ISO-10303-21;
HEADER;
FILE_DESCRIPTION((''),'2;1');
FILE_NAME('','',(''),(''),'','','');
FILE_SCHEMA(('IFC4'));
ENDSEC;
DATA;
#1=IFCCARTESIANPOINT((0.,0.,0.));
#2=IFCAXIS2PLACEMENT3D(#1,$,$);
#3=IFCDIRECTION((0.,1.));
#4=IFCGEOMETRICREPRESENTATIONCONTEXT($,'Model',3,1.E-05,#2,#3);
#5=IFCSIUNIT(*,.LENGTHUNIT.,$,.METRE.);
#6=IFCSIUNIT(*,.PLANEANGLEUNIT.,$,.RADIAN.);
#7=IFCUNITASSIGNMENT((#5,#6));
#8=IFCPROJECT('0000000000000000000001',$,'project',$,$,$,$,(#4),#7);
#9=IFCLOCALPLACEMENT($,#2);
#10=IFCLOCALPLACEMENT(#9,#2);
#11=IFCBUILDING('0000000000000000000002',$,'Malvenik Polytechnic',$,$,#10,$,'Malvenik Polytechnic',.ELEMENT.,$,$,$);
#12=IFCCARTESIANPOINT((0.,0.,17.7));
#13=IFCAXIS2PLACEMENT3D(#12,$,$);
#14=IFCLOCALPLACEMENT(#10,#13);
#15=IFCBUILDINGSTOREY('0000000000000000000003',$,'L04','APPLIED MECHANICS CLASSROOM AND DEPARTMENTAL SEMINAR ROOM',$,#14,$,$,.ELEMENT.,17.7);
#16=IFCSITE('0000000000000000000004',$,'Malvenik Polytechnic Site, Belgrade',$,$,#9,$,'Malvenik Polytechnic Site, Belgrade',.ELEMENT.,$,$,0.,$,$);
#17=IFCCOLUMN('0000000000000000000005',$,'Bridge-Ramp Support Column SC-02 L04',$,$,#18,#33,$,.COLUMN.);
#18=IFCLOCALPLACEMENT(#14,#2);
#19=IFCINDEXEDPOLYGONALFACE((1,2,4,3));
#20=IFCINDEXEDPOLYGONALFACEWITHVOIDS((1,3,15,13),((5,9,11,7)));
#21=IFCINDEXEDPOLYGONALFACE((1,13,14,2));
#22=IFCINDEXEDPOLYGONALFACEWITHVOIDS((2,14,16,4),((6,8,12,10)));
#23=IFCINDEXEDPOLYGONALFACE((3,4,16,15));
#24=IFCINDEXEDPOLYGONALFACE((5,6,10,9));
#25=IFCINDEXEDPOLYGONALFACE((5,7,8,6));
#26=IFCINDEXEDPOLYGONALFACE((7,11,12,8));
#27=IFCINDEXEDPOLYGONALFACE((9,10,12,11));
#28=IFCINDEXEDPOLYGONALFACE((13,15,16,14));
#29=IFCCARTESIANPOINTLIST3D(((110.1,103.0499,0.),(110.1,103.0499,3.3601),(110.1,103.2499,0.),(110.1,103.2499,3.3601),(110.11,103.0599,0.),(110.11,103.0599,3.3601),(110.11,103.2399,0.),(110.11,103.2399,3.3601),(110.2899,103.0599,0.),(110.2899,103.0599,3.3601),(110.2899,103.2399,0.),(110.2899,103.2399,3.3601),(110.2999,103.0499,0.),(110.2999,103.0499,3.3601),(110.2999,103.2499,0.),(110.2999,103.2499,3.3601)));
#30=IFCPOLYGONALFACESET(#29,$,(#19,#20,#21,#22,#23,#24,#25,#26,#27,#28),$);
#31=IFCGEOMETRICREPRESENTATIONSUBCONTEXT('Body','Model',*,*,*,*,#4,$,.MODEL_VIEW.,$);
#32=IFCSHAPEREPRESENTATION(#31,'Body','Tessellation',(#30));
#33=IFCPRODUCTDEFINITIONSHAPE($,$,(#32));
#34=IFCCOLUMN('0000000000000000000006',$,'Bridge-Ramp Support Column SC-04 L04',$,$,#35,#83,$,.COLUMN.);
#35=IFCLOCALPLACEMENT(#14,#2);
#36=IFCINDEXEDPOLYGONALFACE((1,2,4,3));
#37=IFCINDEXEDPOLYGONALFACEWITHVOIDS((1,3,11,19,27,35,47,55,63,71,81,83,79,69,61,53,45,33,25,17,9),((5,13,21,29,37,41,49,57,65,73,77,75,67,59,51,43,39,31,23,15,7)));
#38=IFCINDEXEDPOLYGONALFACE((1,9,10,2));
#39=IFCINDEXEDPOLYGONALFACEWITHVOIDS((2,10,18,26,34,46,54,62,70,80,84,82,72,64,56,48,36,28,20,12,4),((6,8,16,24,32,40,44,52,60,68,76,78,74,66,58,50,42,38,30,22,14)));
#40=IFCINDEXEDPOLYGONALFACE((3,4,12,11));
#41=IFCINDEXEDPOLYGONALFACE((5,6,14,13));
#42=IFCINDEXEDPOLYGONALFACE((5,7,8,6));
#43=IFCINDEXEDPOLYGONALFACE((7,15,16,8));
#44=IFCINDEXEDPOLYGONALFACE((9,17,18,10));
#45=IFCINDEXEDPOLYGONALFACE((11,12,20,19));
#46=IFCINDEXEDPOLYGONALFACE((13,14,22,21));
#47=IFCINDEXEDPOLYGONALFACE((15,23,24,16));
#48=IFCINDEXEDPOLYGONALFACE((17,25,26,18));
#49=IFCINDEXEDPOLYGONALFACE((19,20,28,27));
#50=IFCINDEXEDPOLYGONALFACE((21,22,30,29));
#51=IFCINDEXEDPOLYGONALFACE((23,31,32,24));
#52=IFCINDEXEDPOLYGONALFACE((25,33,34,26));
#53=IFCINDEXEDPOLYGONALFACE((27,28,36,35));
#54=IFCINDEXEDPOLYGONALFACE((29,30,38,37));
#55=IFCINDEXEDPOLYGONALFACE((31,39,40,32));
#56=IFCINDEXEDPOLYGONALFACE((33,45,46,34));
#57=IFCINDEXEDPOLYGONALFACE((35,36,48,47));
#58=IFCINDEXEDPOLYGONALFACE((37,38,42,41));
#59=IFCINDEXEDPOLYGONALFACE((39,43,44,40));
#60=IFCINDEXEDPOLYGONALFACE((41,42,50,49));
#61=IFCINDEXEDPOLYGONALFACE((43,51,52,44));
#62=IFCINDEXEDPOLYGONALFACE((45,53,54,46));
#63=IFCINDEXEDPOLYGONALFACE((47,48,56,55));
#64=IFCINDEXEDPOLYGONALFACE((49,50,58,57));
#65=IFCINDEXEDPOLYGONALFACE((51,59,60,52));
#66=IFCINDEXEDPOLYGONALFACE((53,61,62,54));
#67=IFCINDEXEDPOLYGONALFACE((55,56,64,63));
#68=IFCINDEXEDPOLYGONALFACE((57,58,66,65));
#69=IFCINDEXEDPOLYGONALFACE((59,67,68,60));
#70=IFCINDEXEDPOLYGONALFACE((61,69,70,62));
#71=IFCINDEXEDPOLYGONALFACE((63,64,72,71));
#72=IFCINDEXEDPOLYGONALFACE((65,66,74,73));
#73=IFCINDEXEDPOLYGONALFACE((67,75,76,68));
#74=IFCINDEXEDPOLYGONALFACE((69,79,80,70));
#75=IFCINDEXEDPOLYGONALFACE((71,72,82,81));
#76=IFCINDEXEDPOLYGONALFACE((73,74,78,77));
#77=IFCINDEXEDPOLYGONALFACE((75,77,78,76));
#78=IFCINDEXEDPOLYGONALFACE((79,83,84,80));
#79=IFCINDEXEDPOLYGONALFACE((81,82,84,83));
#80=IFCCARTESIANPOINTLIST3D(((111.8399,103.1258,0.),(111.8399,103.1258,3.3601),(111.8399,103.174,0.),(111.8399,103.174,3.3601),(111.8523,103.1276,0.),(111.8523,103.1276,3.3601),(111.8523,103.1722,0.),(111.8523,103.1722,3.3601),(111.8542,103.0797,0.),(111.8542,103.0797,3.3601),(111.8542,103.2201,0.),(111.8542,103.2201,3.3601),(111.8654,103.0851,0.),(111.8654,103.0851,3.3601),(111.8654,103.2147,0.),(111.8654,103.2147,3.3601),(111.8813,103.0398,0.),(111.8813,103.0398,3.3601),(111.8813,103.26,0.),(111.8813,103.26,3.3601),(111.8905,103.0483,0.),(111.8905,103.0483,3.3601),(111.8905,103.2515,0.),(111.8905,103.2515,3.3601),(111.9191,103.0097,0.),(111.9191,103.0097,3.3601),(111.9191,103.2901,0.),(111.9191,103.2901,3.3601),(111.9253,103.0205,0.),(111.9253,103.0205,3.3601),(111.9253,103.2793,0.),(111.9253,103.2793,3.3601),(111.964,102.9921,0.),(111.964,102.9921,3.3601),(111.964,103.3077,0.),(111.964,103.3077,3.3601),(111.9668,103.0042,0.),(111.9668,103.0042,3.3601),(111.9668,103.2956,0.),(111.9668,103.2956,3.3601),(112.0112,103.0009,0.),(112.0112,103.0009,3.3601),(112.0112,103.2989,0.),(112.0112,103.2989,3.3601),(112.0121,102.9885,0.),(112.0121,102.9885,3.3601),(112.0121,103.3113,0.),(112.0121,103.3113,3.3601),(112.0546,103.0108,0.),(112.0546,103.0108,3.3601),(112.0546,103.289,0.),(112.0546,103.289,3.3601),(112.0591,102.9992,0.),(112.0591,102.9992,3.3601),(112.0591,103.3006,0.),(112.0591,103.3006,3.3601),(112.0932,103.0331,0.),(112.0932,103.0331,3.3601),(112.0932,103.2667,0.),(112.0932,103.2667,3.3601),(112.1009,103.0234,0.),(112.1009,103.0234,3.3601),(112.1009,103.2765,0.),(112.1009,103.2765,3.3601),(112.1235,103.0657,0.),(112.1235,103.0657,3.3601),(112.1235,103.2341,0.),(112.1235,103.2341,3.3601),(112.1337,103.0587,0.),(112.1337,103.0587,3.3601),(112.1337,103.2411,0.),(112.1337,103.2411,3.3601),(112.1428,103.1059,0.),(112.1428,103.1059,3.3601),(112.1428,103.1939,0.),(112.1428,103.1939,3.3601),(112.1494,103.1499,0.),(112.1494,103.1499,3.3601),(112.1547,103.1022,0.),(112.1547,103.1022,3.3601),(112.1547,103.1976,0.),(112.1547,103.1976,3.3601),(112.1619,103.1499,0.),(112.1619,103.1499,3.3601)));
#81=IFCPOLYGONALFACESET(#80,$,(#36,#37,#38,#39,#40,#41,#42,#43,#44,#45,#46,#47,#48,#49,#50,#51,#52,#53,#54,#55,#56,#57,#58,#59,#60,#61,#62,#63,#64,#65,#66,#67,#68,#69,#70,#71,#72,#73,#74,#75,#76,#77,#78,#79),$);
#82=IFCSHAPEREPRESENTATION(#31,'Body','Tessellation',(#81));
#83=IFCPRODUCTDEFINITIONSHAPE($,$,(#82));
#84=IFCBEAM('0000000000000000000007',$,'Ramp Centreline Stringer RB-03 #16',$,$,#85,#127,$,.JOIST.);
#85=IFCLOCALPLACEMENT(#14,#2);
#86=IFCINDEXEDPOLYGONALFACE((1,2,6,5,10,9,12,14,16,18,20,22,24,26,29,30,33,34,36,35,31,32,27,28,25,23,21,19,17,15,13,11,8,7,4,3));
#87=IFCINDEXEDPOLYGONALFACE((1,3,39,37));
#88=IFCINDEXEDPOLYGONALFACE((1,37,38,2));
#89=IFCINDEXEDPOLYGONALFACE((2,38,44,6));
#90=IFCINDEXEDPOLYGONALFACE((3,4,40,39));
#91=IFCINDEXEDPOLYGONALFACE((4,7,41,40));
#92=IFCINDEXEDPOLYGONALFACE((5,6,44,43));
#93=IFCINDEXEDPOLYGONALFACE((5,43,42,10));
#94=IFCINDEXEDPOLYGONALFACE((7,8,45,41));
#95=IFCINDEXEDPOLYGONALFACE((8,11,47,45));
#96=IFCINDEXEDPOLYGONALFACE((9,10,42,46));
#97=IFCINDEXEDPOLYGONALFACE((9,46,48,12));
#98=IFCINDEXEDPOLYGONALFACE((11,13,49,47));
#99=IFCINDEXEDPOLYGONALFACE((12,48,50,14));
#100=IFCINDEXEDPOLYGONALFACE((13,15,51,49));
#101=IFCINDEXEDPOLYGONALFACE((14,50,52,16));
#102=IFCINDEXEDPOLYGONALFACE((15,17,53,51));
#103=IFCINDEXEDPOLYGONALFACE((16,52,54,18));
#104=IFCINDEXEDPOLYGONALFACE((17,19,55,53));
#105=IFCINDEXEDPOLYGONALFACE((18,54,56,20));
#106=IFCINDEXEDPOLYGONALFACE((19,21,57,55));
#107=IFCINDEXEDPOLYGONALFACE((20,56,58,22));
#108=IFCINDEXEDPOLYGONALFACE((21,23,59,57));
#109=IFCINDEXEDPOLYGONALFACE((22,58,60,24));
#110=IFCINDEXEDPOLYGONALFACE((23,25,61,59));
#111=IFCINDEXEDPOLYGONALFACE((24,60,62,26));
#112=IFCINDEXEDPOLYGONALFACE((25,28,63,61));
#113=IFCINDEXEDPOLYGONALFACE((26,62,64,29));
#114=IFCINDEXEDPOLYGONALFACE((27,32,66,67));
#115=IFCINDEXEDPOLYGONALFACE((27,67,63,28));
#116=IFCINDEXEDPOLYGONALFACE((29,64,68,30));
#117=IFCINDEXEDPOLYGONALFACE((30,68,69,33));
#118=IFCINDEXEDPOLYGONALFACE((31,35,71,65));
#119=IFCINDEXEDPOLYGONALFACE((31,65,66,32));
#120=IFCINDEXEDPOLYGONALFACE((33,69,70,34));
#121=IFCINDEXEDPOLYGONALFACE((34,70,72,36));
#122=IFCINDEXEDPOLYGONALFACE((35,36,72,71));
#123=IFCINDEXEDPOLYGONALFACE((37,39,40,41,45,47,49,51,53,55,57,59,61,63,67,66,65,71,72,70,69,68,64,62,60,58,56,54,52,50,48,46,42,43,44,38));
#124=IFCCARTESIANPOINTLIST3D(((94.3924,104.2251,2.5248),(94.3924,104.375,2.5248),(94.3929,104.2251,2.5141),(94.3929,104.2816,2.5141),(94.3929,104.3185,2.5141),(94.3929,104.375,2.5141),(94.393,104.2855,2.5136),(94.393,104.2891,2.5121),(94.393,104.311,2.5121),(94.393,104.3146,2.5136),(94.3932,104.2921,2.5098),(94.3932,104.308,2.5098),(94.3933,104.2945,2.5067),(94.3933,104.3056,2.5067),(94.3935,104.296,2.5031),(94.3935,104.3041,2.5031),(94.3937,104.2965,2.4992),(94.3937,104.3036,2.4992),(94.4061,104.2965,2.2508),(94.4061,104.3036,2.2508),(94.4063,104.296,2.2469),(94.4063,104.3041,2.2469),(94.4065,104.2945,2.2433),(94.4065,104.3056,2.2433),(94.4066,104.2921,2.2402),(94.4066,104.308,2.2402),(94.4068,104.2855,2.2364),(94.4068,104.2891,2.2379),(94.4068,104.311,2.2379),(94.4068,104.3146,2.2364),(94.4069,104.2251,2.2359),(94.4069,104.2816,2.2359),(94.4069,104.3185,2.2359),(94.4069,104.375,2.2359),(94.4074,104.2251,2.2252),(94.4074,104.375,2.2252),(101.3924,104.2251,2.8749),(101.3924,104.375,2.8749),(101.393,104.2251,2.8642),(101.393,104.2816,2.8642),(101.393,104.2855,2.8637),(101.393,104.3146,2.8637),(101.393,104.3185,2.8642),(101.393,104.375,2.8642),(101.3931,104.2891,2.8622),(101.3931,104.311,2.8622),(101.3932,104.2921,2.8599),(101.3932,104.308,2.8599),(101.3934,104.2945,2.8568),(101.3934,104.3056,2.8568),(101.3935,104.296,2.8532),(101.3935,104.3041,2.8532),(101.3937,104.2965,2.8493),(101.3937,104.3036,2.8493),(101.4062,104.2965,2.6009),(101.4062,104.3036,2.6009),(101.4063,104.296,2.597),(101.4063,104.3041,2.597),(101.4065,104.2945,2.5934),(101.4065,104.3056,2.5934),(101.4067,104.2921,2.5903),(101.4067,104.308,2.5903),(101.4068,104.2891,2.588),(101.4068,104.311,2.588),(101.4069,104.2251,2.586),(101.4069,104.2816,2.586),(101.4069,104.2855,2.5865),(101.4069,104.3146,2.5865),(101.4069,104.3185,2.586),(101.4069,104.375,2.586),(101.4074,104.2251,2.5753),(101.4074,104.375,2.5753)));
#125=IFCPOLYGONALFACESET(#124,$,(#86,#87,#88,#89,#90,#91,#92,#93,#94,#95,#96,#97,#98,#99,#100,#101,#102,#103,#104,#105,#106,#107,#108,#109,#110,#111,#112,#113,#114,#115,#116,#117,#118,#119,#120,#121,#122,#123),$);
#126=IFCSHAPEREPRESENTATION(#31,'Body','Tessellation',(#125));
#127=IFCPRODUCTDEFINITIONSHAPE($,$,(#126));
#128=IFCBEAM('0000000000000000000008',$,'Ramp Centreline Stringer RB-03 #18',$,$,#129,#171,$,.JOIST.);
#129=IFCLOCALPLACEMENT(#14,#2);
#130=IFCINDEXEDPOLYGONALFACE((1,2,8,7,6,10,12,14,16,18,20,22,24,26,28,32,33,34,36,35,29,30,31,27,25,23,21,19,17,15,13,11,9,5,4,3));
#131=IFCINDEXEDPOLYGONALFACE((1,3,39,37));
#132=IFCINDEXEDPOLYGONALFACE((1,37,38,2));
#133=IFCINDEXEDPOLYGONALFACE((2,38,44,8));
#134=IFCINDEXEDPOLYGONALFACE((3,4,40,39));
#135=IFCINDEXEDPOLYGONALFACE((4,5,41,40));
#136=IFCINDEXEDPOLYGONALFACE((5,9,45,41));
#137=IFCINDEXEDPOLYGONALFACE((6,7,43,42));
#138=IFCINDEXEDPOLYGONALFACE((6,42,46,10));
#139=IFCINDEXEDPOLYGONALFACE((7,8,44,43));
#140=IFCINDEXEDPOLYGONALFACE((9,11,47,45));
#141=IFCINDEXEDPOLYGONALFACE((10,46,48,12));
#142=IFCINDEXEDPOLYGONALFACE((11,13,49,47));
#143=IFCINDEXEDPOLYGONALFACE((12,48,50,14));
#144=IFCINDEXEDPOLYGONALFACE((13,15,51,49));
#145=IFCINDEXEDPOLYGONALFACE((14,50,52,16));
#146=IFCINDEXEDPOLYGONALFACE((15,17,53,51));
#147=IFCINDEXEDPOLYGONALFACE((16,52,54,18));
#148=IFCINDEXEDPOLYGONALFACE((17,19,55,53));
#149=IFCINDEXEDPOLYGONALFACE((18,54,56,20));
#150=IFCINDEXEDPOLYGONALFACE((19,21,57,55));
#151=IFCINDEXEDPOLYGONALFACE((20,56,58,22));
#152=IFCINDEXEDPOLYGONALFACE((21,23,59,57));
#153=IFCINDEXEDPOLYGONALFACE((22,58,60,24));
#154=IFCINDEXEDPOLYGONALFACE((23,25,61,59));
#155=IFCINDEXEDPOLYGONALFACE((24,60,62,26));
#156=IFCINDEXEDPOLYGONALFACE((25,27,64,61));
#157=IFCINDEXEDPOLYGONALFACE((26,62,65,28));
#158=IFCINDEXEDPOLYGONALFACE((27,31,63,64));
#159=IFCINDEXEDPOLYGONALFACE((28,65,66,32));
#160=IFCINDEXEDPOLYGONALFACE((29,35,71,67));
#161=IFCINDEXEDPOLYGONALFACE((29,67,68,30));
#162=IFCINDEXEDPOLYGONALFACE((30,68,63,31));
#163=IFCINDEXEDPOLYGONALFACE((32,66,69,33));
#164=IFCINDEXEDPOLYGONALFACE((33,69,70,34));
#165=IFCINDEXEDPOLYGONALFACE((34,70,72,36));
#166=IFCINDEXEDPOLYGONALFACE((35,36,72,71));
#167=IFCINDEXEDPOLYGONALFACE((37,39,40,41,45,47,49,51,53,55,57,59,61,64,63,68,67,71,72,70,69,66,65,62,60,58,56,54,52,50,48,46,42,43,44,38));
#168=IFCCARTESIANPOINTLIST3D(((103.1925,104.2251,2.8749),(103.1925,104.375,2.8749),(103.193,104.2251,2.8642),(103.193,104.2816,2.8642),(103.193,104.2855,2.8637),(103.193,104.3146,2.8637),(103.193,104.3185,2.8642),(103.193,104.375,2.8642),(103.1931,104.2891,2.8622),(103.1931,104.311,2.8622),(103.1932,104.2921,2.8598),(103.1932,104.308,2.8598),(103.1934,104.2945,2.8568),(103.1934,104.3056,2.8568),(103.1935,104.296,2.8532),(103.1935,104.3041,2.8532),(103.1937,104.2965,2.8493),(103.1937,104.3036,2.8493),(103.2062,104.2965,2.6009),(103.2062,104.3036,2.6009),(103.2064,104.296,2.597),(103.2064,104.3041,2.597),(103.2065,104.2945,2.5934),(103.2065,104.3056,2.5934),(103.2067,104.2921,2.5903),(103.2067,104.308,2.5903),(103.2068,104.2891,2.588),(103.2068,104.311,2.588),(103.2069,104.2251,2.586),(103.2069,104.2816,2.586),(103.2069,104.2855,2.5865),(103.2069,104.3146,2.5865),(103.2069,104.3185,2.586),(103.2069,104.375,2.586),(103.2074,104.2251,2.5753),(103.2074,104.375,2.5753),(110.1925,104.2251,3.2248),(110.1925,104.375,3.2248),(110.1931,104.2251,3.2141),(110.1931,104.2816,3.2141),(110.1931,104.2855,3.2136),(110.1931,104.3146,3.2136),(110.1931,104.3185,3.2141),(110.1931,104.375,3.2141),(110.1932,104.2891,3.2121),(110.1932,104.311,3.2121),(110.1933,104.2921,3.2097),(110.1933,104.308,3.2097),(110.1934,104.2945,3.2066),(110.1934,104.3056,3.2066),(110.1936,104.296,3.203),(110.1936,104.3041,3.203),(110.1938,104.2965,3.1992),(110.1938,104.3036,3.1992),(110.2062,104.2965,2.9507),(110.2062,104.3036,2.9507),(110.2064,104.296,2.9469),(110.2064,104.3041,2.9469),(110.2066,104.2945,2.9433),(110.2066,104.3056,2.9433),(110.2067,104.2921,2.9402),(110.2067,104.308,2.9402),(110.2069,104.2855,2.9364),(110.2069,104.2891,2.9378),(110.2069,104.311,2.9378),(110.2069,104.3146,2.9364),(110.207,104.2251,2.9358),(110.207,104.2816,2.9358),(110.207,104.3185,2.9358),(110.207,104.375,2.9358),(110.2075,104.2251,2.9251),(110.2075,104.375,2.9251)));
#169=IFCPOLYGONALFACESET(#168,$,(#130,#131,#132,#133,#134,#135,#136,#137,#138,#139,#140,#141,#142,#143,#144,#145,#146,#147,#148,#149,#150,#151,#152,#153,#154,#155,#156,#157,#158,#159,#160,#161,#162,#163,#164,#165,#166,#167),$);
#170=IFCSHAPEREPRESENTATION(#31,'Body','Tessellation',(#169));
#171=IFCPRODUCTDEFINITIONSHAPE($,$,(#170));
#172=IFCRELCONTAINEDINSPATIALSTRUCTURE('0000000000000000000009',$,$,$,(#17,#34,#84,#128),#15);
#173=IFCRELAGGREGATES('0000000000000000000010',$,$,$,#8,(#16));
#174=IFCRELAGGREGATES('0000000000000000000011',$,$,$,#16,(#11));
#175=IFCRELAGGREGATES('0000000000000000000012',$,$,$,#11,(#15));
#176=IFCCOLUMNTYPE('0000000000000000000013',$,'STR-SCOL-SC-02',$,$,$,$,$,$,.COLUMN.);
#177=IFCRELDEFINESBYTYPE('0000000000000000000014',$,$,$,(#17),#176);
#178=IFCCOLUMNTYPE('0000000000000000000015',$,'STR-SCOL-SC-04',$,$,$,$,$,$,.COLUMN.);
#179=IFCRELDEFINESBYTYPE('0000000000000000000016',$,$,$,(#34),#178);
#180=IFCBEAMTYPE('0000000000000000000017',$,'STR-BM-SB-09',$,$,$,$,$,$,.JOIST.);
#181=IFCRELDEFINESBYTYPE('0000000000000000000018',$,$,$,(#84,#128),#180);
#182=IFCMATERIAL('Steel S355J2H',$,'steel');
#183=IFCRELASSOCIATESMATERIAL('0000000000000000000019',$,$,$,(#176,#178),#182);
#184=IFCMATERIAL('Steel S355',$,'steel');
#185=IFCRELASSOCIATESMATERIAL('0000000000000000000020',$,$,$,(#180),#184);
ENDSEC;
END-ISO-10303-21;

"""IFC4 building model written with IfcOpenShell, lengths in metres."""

from ifc_helpers import new_model, si_unit, direction, frame, origin, origin_2d, place, context, subcontext, project, spatial, hollow_rectangle, hollow_circle, i_section, extrude, material, material_profile, profile_set, type_object, element, save


model = new_model("IFC4")

# Units and contexts
model_context = context("Model", 3, precision=1e-05, world=origin(), true_north=direction((0.0, 1.0)))
body_context = subcontext(model_context, "Body", "Model", "MODEL_VIEW")
ifc_project = project(units=[si_unit("LENGTHUNIT", "METRE"), si_unit("PLANEANGLEUNIT", "RADIAN")], contexts=[model_context])

# Site, building, storey
site_placement = place(None, origin())
site = spatial("IfcSite", under=ifc_project, at=site_placement, Name="Malvenik Polytechnic Site, Belgrade", LongName="Malvenik Polytechnic Site, Belgrade", CompositionType="ELEMENT", RefElevation=0.0)
building_placement = place(site_placement, origin())
building = spatial("IfcBuilding", under=site, at=building_placement, Name="Malvenik Polytechnic", LongName="Malvenik Polytechnic", CompositionType="ELEMENT")
storey_placement = place(building_placement, frame((0.0, 0.0, 17.7)))
storey = spatial("IfcBuildingStorey", under=building, at=storey_placement, Name="L04", Description="APPLIED MECHANICS CLASSROOM AND DEPARTMENTAL SEMINAR ROOM", CompositionType="ELEMENT", Elevation=17.7)

# Columns
ifc_material_1 = material(Name="Steel S355J2H", Category="steel")
ifc_material_profile_1 = material_profile(ifc_material_1, hollow_rectangle(XDim=0.2, YDim=0.2, WallThickness=0.01, at=origin_2d()), Name="SHS 200x200x10.0")
ifc_profile_set_1 = profile_set([ifc_material_profile_1], Name="Steel S355J2H")
column_type_1 = type_object("IfcColumnType", Name="STR-SCOL-SC-02", PredefinedType="COLUMN", material=ifc_profile_set_1)
column_1_placement = place(storey_placement, frame((110.2, 103.1499, 0.0), z_axis=(0.0, 0.0, 1.0), x_axis=(1.0, 0.0, 0.0)))
element("IfcColumn", 1, at=column_1_placement, inside=storey, type_object=column_type_1, Name="Bridge-Ramp Support Column SC-02 L04", PredefinedType="COLUMN", context=body_context, shape_type="SweptSolid", body=[
    extrude(hollow_rectangle(XDim=0.2, YDim=0.2, WallThickness=0.01, at=origin_2d()), origin(), (0.0, 0.0, 1.0), 3.3601),
])
ifc_material_profile_2 = material_profile(ifc_material_1, hollow_circle(Radius=0.1619, WallThickness=0.0125, at=origin_2d()), Name="CHS 323.9x12.5")
ifc_profile_set_2 = profile_set([ifc_material_profile_2], Name="Steel S355J2H")
column_type_2 = type_object("IfcColumnType", Name="STR-SCOL-SC-04", PredefinedType="COLUMN", material=ifc_profile_set_2)
column_2_placement = place(storey_placement, frame((112.0, 103.1499, 0.0), z_axis=(0.0, 0.0, 1.0), x_axis=(1.0, 0.0, 0.0)))
element("IfcColumn", 2, at=column_2_placement, inside=storey, type_object=column_type_2, Name="Bridge-Ramp Support Column SC-04 L04", PredefinedType="COLUMN", context=body_context, shape_type="SweptSolid", body=[
    extrude(hollow_circle(Radius=0.1619, WallThickness=0.0125, at=origin_2d()), origin(), (0.0, 0.0, 1.0), 3.3601),
])

# Beams
ifc_material_2 = material(Name="Steel S355", Category="steel")
ifc_material_profile_3 = material_profile(ifc_material_2, i_section(OverallWidth=0.1499, OverallDepth=0.3, WebThickness=0.0071, FlangeThickness=0.0107, FilletRadius=0.0149, at=origin_2d()), Name="IPE 300")
ifc_profile_set_3 = profile_set([ifc_material_profile_3], Name="Steel S355")
beam_type = type_object("IfcBeamType", Name="STR-BM-SB-09", PredefinedType="JOIST", material=ifc_profile_set_3)
for number, where, z_axis, x_axis, name in (
    (3, (94.3999, 104.3, 2.375), (0.998752, 0.0, 0.049952), (0.0, 1.0, 0.0), "Ramp Centreline Stringer RB-03 #16"),
    (4, (103.2, 104.3, 2.7251), (0.998753, 0.0, 0.049917), (0.0, 1.0, 0.0), "Ramp Centreline Stringer RB-03 #18"),
):
    element("IfcBeam", number, at=place(storey_placement, frame(where, z_axis=z_axis, x_axis=x_axis)), inside=storey, type_object=beam_type, Name=name, PredefinedType="JOIST", context=body_context, shape_type="SweptSolid", body=[
        extrude(i_section(OverallWidth=0.1499, OverallDepth=0.3, WebThickness=0.0071, FlangeThickness=0.0107, FilletRadius=0.0149, at=origin_2d()), origin(), (0.0, 0.0, 1.0), 7.0088),
    ])

save(model, "model.ifc")
